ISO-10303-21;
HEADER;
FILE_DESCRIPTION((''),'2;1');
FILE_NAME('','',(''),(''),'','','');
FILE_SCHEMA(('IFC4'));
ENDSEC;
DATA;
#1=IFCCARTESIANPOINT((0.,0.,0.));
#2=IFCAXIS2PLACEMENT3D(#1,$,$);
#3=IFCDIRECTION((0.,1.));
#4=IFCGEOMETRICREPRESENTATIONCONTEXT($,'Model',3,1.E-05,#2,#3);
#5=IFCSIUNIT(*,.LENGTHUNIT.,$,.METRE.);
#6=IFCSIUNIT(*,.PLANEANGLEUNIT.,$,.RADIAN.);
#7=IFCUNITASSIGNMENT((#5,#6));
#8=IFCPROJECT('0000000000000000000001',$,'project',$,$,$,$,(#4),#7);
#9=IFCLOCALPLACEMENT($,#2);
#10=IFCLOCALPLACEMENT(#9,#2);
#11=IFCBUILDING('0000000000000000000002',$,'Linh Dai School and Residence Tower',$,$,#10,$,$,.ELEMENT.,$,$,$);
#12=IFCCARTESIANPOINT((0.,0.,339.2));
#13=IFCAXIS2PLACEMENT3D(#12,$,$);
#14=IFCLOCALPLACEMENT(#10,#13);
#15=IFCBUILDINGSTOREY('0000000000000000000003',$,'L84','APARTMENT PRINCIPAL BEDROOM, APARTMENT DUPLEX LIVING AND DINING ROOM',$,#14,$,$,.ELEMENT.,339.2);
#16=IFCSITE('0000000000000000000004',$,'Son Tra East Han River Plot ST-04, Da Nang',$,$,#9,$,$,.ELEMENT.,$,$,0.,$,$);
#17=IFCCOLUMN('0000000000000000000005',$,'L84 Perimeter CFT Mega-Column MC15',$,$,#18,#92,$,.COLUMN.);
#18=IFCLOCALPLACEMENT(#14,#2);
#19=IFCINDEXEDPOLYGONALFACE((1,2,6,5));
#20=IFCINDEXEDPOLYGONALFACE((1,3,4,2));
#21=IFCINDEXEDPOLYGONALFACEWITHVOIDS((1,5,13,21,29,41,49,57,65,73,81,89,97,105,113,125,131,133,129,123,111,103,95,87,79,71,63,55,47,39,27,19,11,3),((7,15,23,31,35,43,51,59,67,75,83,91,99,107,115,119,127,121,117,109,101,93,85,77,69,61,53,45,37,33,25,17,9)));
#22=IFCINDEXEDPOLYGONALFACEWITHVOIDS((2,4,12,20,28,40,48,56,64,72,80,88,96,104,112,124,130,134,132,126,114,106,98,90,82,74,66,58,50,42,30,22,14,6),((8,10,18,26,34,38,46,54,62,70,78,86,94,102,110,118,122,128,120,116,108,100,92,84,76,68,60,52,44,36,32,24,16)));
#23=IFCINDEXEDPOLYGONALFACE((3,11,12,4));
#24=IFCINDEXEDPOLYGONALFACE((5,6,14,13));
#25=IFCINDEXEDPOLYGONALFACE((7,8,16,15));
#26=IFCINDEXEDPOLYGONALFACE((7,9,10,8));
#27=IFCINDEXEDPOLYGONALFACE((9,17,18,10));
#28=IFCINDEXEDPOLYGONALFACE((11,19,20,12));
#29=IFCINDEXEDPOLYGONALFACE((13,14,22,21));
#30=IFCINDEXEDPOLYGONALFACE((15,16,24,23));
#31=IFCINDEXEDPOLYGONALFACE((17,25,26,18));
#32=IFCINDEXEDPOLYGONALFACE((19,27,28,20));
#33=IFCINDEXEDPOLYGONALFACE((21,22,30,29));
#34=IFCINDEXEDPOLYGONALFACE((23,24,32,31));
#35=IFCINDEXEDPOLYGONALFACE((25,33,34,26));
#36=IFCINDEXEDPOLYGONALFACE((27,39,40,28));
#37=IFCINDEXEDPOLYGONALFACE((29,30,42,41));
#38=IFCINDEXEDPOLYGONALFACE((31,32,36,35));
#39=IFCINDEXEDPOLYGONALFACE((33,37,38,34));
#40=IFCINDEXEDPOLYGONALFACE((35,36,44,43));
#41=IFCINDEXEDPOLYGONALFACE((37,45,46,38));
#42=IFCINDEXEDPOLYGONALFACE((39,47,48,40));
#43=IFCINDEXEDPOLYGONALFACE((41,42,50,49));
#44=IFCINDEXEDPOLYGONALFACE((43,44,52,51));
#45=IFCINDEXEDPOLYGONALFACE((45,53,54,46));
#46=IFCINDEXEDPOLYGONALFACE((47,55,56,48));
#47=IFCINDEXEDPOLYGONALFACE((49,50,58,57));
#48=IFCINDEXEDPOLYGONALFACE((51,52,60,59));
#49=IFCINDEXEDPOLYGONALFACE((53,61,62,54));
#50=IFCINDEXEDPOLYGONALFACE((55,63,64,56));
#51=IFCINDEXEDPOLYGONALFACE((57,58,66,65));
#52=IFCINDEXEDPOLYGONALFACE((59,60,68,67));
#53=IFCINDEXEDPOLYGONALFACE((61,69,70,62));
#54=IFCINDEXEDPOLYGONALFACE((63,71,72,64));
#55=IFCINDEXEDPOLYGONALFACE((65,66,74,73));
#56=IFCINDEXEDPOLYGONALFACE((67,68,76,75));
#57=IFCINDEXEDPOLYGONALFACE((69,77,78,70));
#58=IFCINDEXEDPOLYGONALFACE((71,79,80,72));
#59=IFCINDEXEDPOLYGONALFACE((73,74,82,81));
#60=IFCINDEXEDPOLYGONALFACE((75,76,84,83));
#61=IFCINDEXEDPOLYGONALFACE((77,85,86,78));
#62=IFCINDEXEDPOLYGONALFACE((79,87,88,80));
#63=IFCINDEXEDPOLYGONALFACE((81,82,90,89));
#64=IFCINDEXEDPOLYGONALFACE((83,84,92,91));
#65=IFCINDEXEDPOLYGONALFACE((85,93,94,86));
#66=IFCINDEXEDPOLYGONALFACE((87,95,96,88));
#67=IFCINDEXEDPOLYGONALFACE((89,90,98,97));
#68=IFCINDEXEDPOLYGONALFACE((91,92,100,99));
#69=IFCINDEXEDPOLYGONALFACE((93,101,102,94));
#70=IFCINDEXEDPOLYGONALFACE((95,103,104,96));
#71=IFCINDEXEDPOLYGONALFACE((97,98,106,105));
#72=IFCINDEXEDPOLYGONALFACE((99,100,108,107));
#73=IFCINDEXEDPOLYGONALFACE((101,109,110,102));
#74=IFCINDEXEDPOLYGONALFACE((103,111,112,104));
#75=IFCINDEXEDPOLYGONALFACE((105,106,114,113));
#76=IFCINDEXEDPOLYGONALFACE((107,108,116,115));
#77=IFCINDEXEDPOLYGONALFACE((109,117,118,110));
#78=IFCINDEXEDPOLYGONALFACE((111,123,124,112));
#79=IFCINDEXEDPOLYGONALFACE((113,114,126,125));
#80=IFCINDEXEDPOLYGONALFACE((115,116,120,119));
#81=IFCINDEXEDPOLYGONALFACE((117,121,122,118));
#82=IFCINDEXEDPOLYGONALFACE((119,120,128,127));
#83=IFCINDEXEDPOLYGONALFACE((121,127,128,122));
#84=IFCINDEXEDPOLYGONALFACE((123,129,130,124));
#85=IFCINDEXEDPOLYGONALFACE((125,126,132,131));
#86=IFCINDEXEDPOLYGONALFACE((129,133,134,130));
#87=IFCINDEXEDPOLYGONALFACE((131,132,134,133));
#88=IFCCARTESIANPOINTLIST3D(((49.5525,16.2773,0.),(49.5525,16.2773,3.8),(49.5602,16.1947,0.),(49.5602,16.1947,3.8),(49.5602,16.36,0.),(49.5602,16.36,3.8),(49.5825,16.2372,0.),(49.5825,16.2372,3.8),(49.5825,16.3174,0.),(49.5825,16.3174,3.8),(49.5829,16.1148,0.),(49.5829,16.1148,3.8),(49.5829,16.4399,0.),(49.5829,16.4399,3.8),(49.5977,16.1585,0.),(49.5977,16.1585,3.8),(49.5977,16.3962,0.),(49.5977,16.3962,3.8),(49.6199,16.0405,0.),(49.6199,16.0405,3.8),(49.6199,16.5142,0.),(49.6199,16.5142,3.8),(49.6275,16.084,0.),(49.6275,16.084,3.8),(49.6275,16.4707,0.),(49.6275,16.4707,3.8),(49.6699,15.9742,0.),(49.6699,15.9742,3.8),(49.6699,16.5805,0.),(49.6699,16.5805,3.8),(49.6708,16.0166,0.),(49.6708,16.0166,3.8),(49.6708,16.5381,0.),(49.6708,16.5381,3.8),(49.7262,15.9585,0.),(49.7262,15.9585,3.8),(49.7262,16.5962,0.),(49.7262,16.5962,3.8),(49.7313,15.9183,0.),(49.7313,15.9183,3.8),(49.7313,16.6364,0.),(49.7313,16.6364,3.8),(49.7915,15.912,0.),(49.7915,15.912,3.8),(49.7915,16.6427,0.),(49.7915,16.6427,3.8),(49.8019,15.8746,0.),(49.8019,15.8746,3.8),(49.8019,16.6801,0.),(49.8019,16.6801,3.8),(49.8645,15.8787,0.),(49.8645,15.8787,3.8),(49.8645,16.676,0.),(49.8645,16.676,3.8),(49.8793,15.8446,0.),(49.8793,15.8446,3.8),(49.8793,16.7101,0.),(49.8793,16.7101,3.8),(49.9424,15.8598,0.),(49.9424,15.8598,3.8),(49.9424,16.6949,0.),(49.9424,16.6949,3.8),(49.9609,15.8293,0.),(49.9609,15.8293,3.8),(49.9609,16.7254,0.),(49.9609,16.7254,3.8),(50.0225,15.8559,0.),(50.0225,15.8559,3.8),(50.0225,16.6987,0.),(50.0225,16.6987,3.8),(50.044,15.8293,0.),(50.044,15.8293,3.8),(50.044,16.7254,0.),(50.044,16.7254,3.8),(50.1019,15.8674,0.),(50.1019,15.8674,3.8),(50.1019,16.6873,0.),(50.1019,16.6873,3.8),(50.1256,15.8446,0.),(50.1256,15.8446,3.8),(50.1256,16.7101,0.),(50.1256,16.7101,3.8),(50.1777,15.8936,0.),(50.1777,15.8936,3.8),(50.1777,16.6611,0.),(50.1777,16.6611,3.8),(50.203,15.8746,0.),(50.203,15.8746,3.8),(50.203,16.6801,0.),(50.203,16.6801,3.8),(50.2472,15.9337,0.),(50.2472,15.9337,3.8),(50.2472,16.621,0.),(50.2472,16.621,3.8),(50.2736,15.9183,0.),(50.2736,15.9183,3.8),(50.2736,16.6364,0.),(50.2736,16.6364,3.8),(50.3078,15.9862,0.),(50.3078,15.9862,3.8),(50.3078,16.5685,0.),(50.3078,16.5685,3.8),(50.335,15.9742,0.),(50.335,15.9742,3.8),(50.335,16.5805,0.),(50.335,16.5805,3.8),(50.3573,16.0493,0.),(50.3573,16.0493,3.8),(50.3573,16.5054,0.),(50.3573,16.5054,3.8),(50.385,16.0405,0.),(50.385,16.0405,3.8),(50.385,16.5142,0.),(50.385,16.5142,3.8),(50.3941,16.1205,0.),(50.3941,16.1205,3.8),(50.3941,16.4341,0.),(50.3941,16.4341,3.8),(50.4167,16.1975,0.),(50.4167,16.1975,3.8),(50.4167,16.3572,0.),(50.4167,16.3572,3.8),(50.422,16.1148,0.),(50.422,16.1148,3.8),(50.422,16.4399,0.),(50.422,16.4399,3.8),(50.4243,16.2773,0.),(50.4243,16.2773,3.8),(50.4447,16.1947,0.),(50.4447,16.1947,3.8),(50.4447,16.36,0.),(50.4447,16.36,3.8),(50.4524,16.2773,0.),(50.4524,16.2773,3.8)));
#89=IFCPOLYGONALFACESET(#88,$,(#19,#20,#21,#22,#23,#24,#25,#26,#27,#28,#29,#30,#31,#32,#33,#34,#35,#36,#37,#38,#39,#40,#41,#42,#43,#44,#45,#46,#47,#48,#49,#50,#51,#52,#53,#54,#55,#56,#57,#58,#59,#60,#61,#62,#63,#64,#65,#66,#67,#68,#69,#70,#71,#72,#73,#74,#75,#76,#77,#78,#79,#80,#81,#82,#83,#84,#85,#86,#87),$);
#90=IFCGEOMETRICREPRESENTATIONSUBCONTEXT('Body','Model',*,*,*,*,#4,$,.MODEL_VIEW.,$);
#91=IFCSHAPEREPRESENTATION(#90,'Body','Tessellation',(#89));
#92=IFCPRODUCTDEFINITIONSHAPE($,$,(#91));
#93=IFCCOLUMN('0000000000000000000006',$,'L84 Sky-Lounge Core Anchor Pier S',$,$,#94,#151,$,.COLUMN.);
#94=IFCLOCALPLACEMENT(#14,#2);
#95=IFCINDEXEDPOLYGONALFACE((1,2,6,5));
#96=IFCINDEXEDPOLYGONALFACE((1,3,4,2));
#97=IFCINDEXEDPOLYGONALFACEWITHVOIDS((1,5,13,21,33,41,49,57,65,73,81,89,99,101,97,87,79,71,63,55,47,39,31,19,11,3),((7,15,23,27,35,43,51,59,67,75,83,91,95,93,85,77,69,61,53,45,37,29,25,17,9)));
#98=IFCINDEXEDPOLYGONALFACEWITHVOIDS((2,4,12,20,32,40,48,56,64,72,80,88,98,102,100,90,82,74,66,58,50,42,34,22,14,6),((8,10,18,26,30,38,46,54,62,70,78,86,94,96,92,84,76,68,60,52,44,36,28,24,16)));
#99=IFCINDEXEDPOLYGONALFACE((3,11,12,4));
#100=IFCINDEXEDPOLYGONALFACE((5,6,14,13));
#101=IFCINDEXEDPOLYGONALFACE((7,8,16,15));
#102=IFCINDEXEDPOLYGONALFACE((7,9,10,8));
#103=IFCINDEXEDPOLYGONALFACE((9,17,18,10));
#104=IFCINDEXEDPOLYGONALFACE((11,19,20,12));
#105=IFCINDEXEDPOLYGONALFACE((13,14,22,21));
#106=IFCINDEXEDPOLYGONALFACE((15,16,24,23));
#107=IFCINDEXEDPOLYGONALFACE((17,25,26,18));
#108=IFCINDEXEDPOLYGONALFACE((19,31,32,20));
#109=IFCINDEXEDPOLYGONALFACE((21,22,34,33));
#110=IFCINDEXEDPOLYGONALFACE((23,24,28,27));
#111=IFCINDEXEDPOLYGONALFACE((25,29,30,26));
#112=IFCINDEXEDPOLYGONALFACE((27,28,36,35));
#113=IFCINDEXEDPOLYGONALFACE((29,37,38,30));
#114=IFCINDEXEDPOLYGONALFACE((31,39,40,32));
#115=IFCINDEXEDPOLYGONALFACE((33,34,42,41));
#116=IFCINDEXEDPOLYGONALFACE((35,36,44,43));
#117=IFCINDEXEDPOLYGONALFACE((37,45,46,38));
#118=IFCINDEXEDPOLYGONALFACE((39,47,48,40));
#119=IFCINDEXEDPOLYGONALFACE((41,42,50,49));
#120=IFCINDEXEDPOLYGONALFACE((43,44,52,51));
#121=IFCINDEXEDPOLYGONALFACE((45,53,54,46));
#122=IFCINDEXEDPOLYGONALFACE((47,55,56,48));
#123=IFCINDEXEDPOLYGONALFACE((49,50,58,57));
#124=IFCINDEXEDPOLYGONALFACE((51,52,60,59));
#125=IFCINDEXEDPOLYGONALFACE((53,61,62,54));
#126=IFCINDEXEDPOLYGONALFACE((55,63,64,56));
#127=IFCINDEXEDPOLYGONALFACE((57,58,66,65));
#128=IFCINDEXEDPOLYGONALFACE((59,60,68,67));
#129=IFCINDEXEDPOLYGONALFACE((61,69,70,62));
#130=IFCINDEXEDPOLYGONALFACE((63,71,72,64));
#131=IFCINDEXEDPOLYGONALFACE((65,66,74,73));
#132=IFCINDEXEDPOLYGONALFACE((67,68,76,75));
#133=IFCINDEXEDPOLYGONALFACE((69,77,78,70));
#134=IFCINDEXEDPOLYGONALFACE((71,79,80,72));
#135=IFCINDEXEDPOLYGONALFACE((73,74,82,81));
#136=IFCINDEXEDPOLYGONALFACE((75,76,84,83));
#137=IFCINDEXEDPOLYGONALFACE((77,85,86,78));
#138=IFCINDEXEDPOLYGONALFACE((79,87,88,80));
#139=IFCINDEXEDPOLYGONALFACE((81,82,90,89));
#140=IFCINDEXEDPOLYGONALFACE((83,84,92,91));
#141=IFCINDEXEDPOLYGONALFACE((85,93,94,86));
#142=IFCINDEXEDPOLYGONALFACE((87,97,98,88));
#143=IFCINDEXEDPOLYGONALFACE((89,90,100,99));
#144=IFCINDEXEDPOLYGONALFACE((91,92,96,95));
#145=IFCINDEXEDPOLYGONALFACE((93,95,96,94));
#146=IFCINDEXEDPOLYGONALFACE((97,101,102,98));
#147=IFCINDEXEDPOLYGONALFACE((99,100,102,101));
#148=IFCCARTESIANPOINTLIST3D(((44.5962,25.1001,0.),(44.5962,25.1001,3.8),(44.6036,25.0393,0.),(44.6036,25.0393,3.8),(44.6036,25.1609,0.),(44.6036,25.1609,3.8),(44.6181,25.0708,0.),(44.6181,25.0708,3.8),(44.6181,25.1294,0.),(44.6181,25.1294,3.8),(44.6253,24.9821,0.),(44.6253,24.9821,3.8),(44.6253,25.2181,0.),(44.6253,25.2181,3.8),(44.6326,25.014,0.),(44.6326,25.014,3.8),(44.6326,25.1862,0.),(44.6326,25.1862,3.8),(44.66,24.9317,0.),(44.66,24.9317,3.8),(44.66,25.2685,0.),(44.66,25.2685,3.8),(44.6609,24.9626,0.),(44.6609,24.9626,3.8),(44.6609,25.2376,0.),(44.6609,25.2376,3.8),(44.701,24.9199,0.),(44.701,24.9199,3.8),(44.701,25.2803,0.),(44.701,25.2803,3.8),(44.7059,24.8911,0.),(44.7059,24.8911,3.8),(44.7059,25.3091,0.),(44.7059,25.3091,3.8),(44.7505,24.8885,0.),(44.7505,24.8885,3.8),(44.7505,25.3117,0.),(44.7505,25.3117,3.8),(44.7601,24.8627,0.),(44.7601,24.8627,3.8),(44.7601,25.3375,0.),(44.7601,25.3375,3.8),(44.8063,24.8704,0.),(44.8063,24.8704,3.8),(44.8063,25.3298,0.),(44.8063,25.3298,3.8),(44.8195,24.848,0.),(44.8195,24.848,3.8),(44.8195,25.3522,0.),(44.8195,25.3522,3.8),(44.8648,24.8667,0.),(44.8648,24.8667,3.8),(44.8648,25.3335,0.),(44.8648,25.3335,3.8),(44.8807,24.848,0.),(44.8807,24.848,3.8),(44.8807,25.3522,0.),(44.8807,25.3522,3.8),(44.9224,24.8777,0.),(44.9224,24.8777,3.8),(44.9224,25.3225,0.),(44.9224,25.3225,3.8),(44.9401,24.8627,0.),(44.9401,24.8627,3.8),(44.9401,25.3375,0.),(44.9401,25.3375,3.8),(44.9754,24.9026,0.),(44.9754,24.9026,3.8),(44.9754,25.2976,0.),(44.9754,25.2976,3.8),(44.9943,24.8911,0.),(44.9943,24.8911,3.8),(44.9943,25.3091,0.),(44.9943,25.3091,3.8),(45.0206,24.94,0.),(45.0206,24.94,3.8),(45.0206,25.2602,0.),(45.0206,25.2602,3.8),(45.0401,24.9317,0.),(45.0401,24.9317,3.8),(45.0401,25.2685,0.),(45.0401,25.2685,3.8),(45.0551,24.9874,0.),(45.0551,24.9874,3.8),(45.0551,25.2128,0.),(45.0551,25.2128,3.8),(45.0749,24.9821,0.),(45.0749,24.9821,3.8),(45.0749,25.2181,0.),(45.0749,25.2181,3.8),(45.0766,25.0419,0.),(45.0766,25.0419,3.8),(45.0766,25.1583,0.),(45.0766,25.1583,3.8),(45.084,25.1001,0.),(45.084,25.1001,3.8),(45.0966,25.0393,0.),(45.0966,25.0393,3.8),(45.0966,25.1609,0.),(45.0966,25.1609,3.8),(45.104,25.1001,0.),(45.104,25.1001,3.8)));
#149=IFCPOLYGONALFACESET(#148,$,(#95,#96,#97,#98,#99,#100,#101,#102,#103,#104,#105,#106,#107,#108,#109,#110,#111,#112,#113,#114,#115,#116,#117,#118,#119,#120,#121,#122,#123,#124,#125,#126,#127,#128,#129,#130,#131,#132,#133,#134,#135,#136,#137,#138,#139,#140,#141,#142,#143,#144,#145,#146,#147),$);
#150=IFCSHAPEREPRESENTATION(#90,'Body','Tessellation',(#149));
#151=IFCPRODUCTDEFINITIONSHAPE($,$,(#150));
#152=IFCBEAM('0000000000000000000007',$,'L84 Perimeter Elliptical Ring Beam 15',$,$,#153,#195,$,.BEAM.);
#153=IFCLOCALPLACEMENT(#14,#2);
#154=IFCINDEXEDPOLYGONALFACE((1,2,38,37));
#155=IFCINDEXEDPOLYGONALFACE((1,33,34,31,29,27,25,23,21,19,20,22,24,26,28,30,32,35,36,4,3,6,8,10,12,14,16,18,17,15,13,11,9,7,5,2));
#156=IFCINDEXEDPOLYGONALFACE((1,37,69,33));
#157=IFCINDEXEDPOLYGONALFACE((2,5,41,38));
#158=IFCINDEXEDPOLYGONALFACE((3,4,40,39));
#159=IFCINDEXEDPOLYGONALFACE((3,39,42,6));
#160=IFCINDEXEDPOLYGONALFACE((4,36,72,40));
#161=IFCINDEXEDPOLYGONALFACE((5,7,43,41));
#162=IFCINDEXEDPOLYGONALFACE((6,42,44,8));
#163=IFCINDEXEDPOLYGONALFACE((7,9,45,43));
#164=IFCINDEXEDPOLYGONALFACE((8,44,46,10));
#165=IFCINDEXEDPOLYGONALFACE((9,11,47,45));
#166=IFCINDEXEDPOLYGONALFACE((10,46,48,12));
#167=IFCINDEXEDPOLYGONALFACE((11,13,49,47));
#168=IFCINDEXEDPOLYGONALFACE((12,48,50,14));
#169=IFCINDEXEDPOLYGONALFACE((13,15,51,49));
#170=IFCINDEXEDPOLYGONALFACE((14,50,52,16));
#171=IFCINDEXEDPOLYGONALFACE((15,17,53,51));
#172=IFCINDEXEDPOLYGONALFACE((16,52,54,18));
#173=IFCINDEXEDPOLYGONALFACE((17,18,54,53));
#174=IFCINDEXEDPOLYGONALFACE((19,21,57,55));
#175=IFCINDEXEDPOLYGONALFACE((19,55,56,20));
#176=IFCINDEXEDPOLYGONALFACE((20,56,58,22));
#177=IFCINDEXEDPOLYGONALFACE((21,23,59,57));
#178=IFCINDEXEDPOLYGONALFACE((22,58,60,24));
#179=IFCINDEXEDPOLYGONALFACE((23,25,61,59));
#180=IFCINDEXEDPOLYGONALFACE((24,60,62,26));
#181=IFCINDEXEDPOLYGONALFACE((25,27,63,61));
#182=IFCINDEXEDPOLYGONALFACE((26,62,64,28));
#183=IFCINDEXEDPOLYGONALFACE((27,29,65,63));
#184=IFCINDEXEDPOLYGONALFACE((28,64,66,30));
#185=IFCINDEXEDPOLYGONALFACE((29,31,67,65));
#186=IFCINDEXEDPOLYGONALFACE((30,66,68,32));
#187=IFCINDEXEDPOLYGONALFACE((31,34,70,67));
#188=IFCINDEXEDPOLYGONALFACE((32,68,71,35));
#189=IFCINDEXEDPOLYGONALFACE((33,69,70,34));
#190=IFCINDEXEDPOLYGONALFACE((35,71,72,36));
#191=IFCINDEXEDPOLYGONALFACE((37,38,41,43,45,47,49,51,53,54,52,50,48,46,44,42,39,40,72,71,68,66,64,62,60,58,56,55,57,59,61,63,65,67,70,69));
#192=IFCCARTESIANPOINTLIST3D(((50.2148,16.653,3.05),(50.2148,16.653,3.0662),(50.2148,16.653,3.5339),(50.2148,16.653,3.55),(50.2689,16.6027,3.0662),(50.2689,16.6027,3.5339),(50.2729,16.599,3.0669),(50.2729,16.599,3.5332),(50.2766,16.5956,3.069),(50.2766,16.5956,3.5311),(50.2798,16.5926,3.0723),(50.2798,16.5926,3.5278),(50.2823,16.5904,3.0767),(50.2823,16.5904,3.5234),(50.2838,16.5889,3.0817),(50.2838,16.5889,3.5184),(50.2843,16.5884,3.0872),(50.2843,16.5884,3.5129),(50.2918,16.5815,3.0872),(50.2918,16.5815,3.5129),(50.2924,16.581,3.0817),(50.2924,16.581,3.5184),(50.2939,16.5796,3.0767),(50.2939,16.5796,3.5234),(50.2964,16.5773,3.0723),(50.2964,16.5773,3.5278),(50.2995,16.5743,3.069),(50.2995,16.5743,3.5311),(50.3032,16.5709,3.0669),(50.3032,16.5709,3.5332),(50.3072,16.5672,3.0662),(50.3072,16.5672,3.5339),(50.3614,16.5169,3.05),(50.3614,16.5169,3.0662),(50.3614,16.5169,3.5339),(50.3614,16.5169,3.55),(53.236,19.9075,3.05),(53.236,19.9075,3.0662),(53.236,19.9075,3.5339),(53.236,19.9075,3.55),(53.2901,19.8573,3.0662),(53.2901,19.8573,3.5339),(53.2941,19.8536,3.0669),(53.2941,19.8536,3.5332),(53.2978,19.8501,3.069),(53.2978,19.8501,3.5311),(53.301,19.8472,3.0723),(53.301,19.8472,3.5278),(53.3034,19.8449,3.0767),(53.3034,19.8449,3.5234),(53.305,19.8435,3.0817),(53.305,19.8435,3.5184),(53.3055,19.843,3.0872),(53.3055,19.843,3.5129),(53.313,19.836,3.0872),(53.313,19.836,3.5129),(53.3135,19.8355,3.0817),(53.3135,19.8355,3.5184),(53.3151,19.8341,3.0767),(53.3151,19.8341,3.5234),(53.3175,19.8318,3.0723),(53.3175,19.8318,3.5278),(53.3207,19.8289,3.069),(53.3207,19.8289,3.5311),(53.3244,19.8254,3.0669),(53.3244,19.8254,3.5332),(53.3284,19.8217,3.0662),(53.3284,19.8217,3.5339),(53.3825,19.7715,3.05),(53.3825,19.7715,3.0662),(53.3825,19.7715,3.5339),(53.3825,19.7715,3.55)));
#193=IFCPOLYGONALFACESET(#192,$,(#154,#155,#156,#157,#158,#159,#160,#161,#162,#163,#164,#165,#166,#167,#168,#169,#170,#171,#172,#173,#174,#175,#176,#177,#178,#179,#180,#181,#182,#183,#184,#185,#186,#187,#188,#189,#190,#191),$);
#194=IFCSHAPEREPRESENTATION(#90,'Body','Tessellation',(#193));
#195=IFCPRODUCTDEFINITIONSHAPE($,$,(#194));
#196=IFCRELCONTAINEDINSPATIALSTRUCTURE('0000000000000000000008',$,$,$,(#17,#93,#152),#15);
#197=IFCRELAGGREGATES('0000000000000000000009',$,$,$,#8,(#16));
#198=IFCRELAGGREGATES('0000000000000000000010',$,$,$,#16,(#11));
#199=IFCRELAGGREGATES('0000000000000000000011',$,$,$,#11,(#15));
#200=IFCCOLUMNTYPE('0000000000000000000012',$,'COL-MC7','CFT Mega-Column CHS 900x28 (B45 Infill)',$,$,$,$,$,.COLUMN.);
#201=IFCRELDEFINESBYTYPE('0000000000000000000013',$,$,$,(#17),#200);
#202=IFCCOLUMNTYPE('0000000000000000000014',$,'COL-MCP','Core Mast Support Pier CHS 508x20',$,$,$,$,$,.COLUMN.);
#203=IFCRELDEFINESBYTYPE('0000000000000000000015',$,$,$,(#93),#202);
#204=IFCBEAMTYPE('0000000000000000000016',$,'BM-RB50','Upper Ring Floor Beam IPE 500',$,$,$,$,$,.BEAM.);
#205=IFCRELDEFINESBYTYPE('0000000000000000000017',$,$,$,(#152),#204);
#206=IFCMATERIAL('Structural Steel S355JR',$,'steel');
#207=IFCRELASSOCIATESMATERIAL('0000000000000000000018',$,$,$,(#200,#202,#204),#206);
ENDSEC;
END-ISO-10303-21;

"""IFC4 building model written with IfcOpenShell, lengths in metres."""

from ifc_helpers import new_model, si_unit, direction, frame, origin, origin_2d, place, context, subcontext, project, spatial, hollow_circle, i_section, extrude, material, material_profile, profile_set, type_object, element, save


model = new_model("IFC4")

# Units and contexts
model_context = context("Model", 3, precision=1e-05, world=origin(), true_north=direction((0.0, 1.0)))
body_context = subcontext(model_context, "Body", "Model", "MODEL_VIEW")
ifc_project = project(units=[si_unit("LENGTHUNIT", "METRE"), si_unit("PLANEANGLEUNIT", "RADIAN")], contexts=[model_context])

# Site, building, storey
site_placement = place(None, origin())
site = spatial("IfcSite", under=ifc_project, at=site_placement, Name="Son Tra East Han River Plot ST-04, Da Nang", CompositionType="ELEMENT", RefElevation=0.0)
building_placement = place(site_placement, origin())
building = spatial("IfcBuilding", under=site, at=building_placement, Name="Linh Dai School and Residence Tower", CompositionType="ELEMENT")
storey_placement = place(building_placement, frame((0.0, 0.0, 339.2)))
storey = spatial("IfcBuildingStorey", under=building, at=storey_placement, Name="L84", Description="APARTMENT PRINCIPAL BEDROOM, APARTMENT DUPLEX LIVING AND DINING ROOM", CompositionType="ELEMENT", Elevation=339.2)

# Columns
ifc_material_1 = material(Name="Structural Steel S355JR", Category="steel")
ifc_material_profile_1 = material_profile(ifc_material_1, hollow_circle(Radius=0.45, WallThickness=0.0281, at=origin_2d()), Name="CHS 900x28")
ifc_profile_set_1 = profile_set([ifc_material_profile_1], Name="Structural Steel S355JR")
column_type_1 = type_object("IfcColumnType", Name="COL-MC7", Description="CFT Mega-Column CHS 900x28 (B45 Infill)", PredefinedType="COLUMN", material=ifc_profile_set_1)
column_1_placement = place(storey_placement, frame((50.0024, 16.2773, 0.0), z_axis=(0.0, 0.0, 1.0), x_axis=(1.0, 0.0, 0.0)))
element("IfcColumn", 1, at=column_1_placement, inside=storey, type_object=column_type_1, Name="L84 Perimeter CFT Mega-Column MC15", PredefinedType="COLUMN", context=body_context, shape_type="SweptSolid", body=[
    extrude(hollow_circle(Radius=0.45, WallThickness=0.0281, at=origin_2d()), origin(), (0.0, 0.0, 1.0), 3.8),
])
ifc_material_profile_2 = material_profile(ifc_material_1, hollow_circle(Radius=0.2539, WallThickness=0.02, at=origin_2d()), Name="CHS 508x20")
ifc_profile_set_2 = profile_set([ifc_material_profile_2], Name="Structural Steel S355JR")
column_type_2 = type_object("IfcColumnType", Name="COL-MCP", Description="Core Mast Support Pier CHS 508x20", PredefinedType="COLUMN", material=ifc_profile_set_2)
column_2_placement = place(storey_placement, frame((44.8501, 25.1001, 0.0), z_axis=(0.0, 0.0, 1.0), x_axis=(1.0, 0.0, 0.0)))
element("IfcColumn", 2, at=column_2_placement, inside=storey, type_object=column_type_2, Name="L84 Sky-Lounge Core Anchor Pier S", PredefinedType="COLUMN", context=body_context, shape_type="SweptSolid", body=[
    extrude(hollow_circle(Radius=0.2539, WallThickness=0.02, at=origin_2d()), origin(), (0.0, 0.0, 1.0), 3.8),
])

# Beam
ifc_material_profile_3 = material_profile(ifc_material_1, i_section(OverallWidth=0.2, OverallDepth=0.5, WebThickness=0.0103, FlangeThickness=0.0161, FilletRadius=0.021, at=origin_2d()), Name="IPE 500")
ifc_profile_set_3 = profile_set([ifc_material_profile_3], Name="Structural Steel S355JR")
beam_type_1 = type_object("IfcBeamType", Name="BM-RB50", Description="Upper Ring Floor Beam IPE 500", PredefinedType="BEAM", material=ifc_profile_set_3)
beam_1_placement = place(storey_placement, frame((50.2881, 16.585, 3.3), z_axis=(0.680339, 0.732897, 0.0), x_axis=(-0.732897, 0.680339, 0.0)))
element("IfcBeam", 3, at=beam_1_placement, inside=storey, type_object=beam_type_1, Name="L84 Perimeter Elliptical Ring Beam 15", PredefinedType="BEAM", context=body_context, shape_type="SweptSolid", body=[
    extrude(i_section(OverallWidth=0.2, OverallDepth=0.5, WebThickness=0.0103, FlangeThickness=0.0161, FilletRadius=0.021, at=origin_2d()), origin(), (0.0, 0.0, 1.0), 4.4407),
])

save(model, "model.ifc")
